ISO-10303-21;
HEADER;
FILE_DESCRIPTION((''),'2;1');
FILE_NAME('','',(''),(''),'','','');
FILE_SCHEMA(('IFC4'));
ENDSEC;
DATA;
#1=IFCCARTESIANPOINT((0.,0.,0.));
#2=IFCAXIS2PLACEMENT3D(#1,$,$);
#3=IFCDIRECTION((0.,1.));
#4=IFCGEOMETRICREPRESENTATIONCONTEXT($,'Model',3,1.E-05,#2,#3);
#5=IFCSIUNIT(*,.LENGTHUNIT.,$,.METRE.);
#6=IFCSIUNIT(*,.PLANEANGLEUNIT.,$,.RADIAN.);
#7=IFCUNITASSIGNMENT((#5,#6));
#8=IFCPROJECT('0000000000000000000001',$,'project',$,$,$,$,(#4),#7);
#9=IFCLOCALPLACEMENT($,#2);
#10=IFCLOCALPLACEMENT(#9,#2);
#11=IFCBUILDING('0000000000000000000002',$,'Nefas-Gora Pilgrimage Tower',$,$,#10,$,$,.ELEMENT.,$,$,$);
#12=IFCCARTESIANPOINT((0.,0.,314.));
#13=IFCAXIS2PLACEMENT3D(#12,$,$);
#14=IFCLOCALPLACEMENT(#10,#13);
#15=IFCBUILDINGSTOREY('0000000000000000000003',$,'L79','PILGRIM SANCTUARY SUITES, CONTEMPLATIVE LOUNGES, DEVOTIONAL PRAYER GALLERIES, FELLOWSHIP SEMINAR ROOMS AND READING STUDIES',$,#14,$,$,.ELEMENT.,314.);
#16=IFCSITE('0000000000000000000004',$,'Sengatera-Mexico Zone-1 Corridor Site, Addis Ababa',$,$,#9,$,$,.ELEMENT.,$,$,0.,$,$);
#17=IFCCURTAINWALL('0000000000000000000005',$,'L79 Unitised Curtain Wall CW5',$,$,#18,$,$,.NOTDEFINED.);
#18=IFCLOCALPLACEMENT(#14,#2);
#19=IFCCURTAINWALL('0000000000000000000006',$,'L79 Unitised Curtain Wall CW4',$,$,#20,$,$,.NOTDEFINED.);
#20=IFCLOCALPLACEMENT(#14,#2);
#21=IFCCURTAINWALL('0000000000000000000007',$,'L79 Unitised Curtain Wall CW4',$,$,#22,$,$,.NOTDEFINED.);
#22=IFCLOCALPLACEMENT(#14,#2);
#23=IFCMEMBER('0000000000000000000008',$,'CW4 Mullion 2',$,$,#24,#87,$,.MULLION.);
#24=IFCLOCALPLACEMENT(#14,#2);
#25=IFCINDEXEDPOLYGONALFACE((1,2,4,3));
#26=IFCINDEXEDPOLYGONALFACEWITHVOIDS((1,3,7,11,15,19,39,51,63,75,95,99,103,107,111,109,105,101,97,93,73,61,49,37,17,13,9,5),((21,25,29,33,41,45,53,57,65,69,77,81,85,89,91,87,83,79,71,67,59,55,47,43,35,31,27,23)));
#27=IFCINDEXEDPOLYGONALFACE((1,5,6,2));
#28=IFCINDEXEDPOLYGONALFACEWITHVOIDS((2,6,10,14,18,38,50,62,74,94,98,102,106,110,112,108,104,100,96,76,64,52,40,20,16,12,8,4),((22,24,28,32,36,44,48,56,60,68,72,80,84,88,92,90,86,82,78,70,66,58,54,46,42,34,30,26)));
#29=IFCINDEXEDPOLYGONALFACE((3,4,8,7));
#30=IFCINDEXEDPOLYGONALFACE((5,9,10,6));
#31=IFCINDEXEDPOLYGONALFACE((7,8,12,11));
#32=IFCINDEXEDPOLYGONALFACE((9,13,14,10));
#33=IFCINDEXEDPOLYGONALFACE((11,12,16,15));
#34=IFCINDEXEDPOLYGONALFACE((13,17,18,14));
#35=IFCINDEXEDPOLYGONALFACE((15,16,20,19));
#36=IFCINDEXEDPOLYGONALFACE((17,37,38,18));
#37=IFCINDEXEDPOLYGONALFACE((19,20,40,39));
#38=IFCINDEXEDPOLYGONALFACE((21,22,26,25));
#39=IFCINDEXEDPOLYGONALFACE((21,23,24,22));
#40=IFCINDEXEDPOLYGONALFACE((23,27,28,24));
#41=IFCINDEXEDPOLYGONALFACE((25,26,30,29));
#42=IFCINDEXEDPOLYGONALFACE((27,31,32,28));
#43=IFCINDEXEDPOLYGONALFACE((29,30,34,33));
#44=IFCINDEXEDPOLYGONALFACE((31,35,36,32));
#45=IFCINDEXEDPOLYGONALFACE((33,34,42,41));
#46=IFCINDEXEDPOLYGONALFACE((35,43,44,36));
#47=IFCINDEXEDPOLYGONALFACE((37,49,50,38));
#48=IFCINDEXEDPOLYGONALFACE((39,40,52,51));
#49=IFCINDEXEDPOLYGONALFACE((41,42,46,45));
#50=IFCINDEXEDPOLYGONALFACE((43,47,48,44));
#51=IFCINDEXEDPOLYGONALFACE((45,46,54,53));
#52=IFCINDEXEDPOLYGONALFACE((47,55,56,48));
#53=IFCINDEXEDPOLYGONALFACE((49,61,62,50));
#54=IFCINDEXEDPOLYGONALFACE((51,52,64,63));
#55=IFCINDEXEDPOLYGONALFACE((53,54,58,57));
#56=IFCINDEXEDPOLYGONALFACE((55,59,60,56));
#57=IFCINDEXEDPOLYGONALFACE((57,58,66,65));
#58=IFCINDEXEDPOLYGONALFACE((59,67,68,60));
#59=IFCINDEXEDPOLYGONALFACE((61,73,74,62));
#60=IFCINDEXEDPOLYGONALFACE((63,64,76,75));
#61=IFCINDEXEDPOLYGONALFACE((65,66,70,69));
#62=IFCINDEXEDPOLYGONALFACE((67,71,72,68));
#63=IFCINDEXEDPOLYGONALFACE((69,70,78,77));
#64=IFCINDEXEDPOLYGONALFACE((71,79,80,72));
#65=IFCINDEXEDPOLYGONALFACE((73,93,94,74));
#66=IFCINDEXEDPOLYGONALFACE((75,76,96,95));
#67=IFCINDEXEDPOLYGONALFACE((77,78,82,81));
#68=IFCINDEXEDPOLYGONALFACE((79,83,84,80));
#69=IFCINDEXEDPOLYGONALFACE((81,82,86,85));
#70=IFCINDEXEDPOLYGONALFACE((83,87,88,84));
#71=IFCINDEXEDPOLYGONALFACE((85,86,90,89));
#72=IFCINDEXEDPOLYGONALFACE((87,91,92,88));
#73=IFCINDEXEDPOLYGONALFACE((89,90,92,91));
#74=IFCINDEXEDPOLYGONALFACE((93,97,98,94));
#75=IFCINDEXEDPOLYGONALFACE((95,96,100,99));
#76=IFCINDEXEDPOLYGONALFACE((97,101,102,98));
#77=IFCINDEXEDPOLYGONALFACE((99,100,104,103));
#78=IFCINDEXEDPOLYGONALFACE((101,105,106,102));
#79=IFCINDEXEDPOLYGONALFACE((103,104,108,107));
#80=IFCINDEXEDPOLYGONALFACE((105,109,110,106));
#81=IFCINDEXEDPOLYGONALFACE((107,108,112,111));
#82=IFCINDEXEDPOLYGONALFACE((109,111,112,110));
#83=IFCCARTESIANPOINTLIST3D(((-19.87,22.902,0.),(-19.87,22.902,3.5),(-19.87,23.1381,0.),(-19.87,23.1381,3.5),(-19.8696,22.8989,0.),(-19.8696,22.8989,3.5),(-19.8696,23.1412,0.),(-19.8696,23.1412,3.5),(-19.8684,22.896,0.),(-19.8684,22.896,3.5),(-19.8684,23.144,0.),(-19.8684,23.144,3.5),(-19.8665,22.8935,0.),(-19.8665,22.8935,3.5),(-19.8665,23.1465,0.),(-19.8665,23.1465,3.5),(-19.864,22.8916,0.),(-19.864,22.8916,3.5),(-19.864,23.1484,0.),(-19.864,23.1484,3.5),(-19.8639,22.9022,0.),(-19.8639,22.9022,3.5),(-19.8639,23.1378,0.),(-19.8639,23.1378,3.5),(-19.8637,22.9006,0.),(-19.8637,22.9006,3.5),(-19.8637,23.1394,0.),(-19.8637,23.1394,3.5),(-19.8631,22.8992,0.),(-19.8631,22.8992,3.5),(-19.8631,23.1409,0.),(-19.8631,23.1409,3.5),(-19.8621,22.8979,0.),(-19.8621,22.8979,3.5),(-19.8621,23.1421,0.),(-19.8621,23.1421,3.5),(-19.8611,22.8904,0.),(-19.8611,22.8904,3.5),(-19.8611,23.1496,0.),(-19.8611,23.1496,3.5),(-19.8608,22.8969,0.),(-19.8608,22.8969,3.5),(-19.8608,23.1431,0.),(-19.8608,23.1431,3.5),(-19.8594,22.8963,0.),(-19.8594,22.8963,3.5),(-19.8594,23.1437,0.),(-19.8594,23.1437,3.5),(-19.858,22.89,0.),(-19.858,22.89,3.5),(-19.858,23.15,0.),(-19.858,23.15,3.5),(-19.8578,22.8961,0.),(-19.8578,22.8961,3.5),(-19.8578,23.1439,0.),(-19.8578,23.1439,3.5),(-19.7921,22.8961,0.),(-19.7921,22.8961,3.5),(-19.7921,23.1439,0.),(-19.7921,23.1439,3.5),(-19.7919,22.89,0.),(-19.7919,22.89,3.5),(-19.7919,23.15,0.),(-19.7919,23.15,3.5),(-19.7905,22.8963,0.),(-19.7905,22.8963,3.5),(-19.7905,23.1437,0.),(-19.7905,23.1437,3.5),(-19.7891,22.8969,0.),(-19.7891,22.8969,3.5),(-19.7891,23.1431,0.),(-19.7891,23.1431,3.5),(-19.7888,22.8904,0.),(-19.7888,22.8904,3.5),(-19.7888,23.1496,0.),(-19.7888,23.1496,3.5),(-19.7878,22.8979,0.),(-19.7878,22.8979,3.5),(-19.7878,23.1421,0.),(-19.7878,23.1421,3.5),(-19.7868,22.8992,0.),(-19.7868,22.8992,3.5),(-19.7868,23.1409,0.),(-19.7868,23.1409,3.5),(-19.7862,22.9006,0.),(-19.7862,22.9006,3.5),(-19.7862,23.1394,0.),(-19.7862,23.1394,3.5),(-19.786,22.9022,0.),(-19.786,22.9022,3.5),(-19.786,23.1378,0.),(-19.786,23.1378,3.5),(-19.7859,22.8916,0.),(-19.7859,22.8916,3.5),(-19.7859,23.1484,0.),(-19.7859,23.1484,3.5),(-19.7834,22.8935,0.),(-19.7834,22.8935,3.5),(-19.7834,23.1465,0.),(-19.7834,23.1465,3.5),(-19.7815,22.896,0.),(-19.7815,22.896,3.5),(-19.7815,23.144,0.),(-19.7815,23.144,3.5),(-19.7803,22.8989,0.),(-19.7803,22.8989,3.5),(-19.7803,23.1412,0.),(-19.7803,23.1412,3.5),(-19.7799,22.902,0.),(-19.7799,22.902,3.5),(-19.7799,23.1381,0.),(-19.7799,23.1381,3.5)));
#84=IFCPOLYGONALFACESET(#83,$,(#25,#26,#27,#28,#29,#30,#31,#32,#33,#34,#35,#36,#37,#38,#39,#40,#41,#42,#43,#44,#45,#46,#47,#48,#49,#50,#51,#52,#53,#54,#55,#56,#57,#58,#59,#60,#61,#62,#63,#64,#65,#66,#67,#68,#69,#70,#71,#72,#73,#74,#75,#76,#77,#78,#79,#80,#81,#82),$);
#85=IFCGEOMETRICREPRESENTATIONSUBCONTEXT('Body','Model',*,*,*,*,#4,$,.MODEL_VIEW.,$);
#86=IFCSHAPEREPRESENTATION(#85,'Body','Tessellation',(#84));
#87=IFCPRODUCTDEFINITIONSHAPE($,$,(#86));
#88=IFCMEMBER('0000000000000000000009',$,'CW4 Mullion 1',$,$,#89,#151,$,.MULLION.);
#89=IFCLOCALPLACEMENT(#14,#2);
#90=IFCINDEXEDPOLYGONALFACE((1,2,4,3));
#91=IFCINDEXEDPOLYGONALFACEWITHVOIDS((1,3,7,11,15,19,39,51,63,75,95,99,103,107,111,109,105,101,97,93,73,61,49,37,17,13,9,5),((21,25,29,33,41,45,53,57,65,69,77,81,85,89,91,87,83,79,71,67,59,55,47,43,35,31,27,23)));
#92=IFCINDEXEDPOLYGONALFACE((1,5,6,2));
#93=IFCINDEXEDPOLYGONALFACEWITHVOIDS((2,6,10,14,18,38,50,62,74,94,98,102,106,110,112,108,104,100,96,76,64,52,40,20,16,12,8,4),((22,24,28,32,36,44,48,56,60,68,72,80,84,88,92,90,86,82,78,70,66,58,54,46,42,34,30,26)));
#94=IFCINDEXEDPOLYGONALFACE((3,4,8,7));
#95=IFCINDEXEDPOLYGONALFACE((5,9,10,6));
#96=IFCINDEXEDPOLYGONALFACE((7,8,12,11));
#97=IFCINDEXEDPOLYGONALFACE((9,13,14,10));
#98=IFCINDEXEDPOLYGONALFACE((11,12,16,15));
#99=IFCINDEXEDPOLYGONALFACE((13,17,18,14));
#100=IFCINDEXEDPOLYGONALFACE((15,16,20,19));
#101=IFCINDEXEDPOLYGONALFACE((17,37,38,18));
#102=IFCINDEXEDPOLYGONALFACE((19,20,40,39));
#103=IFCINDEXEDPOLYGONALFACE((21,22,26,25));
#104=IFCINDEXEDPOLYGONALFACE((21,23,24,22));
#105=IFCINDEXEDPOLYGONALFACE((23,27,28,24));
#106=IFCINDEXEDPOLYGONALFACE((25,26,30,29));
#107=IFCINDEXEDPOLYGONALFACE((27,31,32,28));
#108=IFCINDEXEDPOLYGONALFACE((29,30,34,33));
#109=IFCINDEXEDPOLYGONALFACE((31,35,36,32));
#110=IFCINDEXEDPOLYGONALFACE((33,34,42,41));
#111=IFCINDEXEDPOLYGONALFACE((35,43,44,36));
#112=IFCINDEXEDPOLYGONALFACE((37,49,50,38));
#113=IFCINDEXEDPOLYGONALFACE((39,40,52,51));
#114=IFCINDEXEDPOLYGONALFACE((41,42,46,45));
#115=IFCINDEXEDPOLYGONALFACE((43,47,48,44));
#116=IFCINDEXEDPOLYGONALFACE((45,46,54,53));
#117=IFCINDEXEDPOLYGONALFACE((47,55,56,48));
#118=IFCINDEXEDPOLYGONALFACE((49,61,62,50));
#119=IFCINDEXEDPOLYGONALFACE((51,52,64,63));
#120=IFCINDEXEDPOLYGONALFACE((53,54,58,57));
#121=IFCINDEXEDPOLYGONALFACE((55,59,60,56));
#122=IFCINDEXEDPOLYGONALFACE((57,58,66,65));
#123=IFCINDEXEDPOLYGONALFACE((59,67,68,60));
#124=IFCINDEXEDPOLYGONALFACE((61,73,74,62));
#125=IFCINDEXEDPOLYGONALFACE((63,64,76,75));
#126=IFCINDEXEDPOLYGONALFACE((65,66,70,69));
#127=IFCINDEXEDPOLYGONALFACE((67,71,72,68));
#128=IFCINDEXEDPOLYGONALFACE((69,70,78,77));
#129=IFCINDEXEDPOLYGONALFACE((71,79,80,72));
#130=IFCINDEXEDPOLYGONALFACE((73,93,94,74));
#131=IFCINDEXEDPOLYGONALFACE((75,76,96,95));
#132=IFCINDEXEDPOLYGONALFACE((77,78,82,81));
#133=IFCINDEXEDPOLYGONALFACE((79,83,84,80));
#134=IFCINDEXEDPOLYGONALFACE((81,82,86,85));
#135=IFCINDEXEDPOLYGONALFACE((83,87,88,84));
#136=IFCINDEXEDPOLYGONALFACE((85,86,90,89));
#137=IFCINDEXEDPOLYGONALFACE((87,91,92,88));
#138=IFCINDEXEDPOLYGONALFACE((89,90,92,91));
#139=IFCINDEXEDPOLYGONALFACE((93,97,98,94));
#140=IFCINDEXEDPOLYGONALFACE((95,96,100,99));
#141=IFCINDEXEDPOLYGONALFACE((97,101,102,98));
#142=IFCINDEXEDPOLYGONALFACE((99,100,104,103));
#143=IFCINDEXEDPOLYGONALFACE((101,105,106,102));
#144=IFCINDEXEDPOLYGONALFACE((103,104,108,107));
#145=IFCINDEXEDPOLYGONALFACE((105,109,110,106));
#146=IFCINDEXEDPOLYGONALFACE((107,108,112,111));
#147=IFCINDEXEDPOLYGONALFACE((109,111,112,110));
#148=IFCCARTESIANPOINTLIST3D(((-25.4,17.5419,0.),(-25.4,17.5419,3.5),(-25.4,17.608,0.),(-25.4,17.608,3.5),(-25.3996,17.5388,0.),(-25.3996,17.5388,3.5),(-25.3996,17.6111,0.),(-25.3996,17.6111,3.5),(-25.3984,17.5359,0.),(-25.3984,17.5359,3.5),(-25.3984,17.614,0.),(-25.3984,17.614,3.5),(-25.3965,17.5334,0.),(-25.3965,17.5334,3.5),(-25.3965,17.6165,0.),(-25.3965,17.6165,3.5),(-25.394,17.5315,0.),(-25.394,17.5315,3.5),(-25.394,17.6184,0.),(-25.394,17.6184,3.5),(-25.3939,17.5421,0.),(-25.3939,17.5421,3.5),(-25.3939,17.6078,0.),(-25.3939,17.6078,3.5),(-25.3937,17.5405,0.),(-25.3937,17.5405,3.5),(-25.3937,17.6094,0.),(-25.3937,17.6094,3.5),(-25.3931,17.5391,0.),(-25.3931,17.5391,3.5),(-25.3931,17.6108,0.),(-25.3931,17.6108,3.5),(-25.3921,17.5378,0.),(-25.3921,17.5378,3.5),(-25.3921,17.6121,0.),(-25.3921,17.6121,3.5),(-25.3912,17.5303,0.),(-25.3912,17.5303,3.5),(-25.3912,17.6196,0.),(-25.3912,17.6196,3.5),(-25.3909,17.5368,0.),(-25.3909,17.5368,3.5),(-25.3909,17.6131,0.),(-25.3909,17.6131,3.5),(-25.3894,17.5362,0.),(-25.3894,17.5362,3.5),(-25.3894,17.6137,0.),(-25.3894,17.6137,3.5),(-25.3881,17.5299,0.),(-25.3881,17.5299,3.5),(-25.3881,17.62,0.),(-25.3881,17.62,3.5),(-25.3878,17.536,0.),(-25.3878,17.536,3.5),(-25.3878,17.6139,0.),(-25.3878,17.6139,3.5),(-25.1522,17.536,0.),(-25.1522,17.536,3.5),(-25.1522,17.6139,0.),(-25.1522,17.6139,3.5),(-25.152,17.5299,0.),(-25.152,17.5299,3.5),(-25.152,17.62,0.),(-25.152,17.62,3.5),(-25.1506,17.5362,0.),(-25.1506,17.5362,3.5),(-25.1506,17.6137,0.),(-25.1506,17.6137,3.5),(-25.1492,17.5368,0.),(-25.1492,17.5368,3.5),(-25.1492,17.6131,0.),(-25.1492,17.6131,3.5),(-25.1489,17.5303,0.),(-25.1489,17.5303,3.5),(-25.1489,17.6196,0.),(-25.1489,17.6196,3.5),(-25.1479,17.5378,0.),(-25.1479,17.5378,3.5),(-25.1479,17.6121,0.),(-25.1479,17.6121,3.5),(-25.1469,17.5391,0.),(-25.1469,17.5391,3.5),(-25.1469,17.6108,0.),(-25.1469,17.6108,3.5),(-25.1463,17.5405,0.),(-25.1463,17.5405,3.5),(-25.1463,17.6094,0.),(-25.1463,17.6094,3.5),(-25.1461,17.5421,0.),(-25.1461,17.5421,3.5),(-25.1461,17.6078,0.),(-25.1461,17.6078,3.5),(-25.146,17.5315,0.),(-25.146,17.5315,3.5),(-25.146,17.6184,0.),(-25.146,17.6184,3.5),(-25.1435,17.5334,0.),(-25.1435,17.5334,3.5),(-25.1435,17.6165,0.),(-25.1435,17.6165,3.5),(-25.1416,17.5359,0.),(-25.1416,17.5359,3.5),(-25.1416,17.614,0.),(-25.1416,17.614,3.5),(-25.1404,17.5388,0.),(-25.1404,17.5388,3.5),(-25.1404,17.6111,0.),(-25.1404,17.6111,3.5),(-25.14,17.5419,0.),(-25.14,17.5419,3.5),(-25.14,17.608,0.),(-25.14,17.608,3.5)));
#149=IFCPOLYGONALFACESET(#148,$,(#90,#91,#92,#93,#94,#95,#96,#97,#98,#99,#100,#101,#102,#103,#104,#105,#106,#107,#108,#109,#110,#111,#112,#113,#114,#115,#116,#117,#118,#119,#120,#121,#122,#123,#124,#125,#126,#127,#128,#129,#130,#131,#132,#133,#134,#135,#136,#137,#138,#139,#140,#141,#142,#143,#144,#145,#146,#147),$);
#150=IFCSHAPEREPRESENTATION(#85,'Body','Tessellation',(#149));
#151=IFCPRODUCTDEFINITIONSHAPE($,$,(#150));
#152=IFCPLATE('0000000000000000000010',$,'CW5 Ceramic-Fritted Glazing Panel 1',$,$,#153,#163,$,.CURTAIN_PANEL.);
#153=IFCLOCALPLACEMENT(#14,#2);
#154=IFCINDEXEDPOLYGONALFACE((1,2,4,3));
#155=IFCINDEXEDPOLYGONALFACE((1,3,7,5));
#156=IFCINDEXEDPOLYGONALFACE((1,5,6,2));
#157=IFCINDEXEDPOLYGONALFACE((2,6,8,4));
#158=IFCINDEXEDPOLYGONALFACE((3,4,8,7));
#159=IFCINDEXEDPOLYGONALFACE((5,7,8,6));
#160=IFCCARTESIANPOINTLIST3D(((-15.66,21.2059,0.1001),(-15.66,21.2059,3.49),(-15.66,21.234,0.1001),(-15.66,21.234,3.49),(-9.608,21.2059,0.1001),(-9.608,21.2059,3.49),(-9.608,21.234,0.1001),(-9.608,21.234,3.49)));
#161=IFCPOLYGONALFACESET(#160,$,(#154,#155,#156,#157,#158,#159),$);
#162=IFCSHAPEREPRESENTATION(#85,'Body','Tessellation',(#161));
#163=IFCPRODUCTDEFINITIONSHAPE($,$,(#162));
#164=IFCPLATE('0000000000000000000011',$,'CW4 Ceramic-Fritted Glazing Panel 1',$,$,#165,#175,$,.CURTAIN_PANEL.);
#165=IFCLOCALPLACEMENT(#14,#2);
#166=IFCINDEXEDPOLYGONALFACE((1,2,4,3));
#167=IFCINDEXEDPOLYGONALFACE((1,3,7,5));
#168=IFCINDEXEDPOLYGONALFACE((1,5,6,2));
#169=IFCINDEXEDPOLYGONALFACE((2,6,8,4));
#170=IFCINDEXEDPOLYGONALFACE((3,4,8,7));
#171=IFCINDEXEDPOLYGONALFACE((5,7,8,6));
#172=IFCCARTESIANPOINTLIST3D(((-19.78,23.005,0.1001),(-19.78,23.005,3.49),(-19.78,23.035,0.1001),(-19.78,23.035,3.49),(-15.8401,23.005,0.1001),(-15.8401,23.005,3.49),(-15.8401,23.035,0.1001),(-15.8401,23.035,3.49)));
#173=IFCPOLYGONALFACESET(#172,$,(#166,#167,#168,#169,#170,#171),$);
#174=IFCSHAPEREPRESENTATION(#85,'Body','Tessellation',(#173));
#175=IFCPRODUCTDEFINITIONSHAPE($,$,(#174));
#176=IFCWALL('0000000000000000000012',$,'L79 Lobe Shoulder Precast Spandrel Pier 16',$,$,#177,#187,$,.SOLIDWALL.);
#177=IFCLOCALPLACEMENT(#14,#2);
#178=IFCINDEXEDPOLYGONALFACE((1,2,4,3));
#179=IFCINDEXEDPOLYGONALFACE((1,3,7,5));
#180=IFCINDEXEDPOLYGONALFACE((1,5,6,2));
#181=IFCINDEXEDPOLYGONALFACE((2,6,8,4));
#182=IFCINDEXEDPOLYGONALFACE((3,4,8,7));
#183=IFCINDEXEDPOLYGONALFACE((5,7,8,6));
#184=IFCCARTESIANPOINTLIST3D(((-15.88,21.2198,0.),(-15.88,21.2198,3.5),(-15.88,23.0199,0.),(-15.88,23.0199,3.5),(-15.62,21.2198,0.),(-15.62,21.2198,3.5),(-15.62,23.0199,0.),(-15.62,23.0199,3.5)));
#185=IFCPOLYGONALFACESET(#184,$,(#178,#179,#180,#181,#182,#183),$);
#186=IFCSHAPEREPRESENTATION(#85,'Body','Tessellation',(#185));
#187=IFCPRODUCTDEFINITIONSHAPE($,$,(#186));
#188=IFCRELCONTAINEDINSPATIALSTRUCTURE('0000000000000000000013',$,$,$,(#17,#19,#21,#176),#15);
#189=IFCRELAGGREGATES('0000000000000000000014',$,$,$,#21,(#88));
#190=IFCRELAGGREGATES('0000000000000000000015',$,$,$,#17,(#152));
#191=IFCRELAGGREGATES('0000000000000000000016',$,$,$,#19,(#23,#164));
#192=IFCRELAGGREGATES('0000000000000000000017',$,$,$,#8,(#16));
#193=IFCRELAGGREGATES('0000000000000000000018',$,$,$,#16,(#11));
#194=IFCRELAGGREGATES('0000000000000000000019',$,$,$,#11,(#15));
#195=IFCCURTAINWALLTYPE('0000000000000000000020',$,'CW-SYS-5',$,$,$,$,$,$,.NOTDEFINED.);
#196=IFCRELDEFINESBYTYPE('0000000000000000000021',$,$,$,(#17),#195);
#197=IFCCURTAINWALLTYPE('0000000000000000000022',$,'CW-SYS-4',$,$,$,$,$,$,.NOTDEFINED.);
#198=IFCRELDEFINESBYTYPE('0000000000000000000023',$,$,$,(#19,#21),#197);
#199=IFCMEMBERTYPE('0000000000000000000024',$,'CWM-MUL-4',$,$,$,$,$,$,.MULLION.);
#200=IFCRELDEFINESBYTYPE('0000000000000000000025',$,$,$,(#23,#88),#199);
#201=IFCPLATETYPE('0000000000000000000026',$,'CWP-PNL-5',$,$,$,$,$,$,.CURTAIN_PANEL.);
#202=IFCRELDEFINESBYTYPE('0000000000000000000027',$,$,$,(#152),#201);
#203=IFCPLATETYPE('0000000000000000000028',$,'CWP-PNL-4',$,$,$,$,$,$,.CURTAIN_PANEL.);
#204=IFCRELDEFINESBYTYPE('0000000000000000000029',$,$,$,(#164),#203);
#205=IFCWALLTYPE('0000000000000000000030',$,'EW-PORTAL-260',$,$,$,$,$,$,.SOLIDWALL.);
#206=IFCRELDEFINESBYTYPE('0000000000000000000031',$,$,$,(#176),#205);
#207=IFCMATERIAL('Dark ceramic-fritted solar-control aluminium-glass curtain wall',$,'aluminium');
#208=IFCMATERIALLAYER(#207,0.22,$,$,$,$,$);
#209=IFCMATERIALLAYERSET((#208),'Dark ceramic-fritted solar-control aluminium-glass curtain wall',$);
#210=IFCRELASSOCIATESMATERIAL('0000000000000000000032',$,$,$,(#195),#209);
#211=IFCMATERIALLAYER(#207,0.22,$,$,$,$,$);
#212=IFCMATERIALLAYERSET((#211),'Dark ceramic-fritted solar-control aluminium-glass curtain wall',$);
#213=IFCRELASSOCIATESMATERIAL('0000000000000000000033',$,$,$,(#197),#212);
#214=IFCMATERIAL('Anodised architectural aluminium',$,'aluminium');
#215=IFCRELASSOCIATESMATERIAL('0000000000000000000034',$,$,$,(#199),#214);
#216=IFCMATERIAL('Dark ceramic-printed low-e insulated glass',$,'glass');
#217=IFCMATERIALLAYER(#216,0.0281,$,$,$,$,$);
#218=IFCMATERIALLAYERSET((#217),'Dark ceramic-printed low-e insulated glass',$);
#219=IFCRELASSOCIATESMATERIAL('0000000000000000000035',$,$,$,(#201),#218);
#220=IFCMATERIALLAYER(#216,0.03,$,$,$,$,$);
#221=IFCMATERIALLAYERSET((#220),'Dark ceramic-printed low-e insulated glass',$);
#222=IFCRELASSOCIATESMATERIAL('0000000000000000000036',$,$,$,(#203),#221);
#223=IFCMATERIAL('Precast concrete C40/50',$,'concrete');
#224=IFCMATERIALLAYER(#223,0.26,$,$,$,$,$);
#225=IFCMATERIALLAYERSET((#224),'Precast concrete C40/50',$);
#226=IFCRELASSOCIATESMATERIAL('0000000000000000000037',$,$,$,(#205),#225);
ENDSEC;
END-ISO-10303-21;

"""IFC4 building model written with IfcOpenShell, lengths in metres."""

from ifc_helpers import new_model, si_unit, direction, frame, frame_2d, origin, origin_2d, place, context, subcontext, project, spatial, rectangle, hollow_rectangle, extrude, source, transform, mapped, material, layer, layer_set, material_profile, profile_set, type_object, element, aggregate, save


model = new_model("IFC4")

# Units and contexts
model_context = context("Model", 3, precision=1e-05, world=origin(), true_north=direction((0.0, 1.0)))
body_context = subcontext(model_context, "Body", "Model", "MODEL_VIEW")
ifc_project = project(units=[si_unit("LENGTHUNIT", "METRE"), si_unit("PLANEANGLEUNIT", "RADIAN")], contexts=[model_context])

# Site, building, storey
site_placement = place(None, origin())
site = spatial("IfcSite", under=ifc_project, at=site_placement, Name="Sengatera-Mexico Zone-1 Corridor Site, Addis Ababa", CompositionType="ELEMENT", RefElevation=0.0)
building_placement = place(site_placement, origin())
building = spatial("IfcBuilding", under=site, at=building_placement, Name="Nefas-Gora Pilgrimage Tower", CompositionType="ELEMENT")
storey_placement = place(building_placement, frame((0.0, 0.0, 314.0)))
storey = spatial("IfcBuildingStorey", under=building, at=storey_placement, Name="L79", Description="PILGRIM SANCTUARY SUITES, CONTEMPLATIVE LOUNGES, DEVOTIONAL PRAYER GALLERIES, FELLOWSHIP SEMINAR ROOMS AND READING STUDIES", CompositionType="ELEMENT", Elevation=314.0)

# Curtain walls
ifc_material_1 = material(Name="Dark ceramic-fritted solar-control aluminium-glass curtain wall", Category="aluminium")
ifc_layer_1 = layer(ifc_material_1, 0.22)
ifc_layer_set_1 = layer_set([ifc_layer_1], Name="Dark ceramic-fritted solar-control aluminium-glass curtain wall")
curtain_wall_type_1 = type_object("IfcCurtainWallType", Name="CW-SYS-5", PredefinedType="NOTDEFINED", material=ifc_layer_set_1)
curtain_wall_1_placement = place(storey_placement, origin())
curtain_wall_1 = element("IfcCurtainWall", 1, at=curtain_wall_1_placement, inside=storey, type_object=curtain_wall_type_1, Name="L79 Unitised Curtain Wall CW5", PredefinedType="NOTDEFINED")
ifc_material_2 = material(Name="Anodised architectural aluminium", Category="aluminium")
ifc_layer_2 = layer(ifc_material_1, 0.22)
ifc_layer_set_2 = layer_set([ifc_layer_2], Name="Dark ceramic-fritted solar-control aluminium-glass curtain wall")
curtain_wall_type_2 = type_object("IfcCurtainWallType", Name="CW-SYS-4", PredefinedType="NOTDEFINED", material=ifc_layer_set_2)
curtain_wall_2_placement = place(storey_placement, origin())
curtain_wall_2 = element("IfcCurtainWall", 2, at=curtain_wall_2_placement, inside=storey, type_object=curtain_wall_type_2, Name="L79 Unitised Curtain Wall CW4", PredefinedType="NOTDEFINED")
curtain_wall_3_placement = place(storey_placement, origin())
curtain_wall_3 = element("IfcCurtainWall", 3, at=curtain_wall_3_placement, inside=storey, type_object=curtain_wall_type_2, Name="L79 Unitised Curtain Wall CW4", PredefinedType="NOTDEFINED")

# Members
ifc_material_profile_1 = material_profile(ifc_material_2, hollow_rectangle(XDim=0.0901, YDim=0.26, WallThickness=0.0061, InnerFilletRadius=0.0061, OuterFilletRadius=0.012, at=origin_2d()), Name="ALU MULLION 90x260")
ifc_profile_set_1 = profile_set([ifc_material_profile_1], Name="Anodised architectural aluminium")
member_type_1 = type_object("IfcMemberType", Name="CWM-MUL-4", PredefinedType="MULLION", material=ifc_profile_set_1)
shared_shape_1 = source(origin(), body_context, "Body", "SweptSolid", [
    extrude(hollow_rectangle(XDim=0.0901, YDim=0.26, WallThickness=0.0061, InnerFilletRadius=0.0061, OuterFilletRadius=0.012, at=origin_2d()), origin(), (0.0, 0.0, 1.0), 3.5),
])
member_1_placement = place(storey_placement, frame((-19.825, 23.02, 0.0), z_axis=(0.0, 0.0, 1.0), x_axis=(-1.0, 0.0, 0.0)))
member_1 = element("IfcMember", 4, at=member_1_placement, type_object=member_type_1, Name="CW4 Mullion 2", PredefinedType="MULLION", context=body_context, shape_type="MappedRepresentation", body=[
    mapped(shared_shape_1, transform((0.0, 0.0, 0.0), x_axis=(1.0, 0.0, 0.0), y_axis=(0.0, 1.0, 0.0), z_axis=(0.0, 0.0, 1.0), scale=1.0)),
])
member_2_placement = place(storey_placement, frame((-25.27, 17.575, 0.0), z_axis=(0.0, 0.0, 1.0), x_axis=(0.0, -1.0, 0.0)))
member_2 = element("IfcMember", 5, at=member_2_placement, type_object=member_type_1, Name="CW4 Mullion 1", PredefinedType="MULLION", context=body_context, shape_type="MappedRepresentation", body=[
    mapped(shared_shape_1, transform((0.0, 0.0, 0.0), x_axis=(1.0, 0.0, 0.0), y_axis=(0.0, 1.0, 0.0), z_axis=(0.0, 0.0, 1.0), scale=1.0)),
])
aggregate(curtain_wall_3, [member_2])

# Plates
ifc_material_3 = material(Name="Dark ceramic-printed low-e insulated glass", Category="glass")
ifc_layer_3 = layer(ifc_material_3, 0.0281)
ifc_layer_set_3 = layer_set([ifc_layer_3], Name="Dark ceramic-printed low-e insulated glass")
plate_type_1 = type_object("IfcPlateType", Name="CWP-PNL-5", PredefinedType="CURTAIN_PANEL", material=ifc_layer_set_3)
shared_shape_2 = source(origin(), body_context, "Body", "SweptSolid", [
    extrude(rectangle(XDim=6.052, YDim=0.0281, at=origin_2d()), origin(), (0.0, 0.0, 1.0), 3.3899),
])
plate_1_placement = place(storey_placement, frame((-12.634, 21.22, 0.1001), z_axis=(0.0, 0.0, 1.0), x_axis=(-1.0, 0.0, 0.0)))
plate_1 = element("IfcPlate", 6, at=plate_1_placement, type_object=plate_type_1, Name="CW5 Ceramic-Fritted Glazing Panel 1", PredefinedType="CURTAIN_PANEL", context=body_context, shape_type="MappedRepresentation", body=[
    mapped(shared_shape_2, transform((0.0, 0.0, 0.0), x_axis=(1.0, 0.0, 0.0), y_axis=(0.0, 1.0, 0.0), z_axis=(0.0, 0.0, 1.0), scale=1.0)),
])
aggregate(curtain_wall_1, [plate_1])
ifc_layer_4 = layer(ifc_material_3, 0.03)
ifc_layer_set_4 = layer_set([ifc_layer_4], Name="Dark ceramic-printed low-e insulated glass")
plate_type_2 = type_object("IfcPlateType", Name="CWP-PNL-4", PredefinedType="CURTAIN_PANEL", material=ifc_layer_set_4)
shared_shape_3 = source(origin(), body_context, "Body", "SweptSolid", [
    extrude(rectangle(XDim=3.9399, YDim=0.03, at=origin_2d()), origin(), (0.0, 0.0, 1.0), 3.3899),
])
plate_2_placement = place(storey_placement, frame((-17.8101, 23.02, 0.1001), z_axis=(0.0, 0.0, 1.0), x_axis=(-1.0, 0.0, 0.0)))
plate_2 = element("IfcPlate", 7, at=plate_2_placement, type_object=plate_type_2, Name="CW4 Ceramic-Fritted Glazing Panel 1", PredefinedType="CURTAIN_PANEL", context=body_context, shape_type="MappedRepresentation", body=[
    mapped(shared_shape_3, transform((0.0, 0.0, 0.0), x_axis=(1.0, 0.0, 0.0), y_axis=(0.0, 1.0, 0.0), z_axis=(0.0, 0.0, 1.0), scale=1.0)),
])
aggregate(curtain_wall_2, [member_1, plate_2])

# Wall
ifc_material_4 = material(Name="Precast concrete C40/50", Category="concrete")
ifc_layer_5 = layer(ifc_material_4, 0.26)
ifc_layer_set_5 = layer_set([ifc_layer_5], Name="Precast concrete C40/50")
wall_type_1 = type_object("IfcWallType", Name="EW-PORTAL-260", PredefinedType="SOLIDWALL", material=ifc_layer_set_5)
shared_shape_4 = source(origin(), body_context, "Body", "SweptSolid", [
    extrude(rectangle(XDim=1.8, YDim=0.26, at=frame_2d((0.8999, 0.0))), origin(), (0.0, 0.0, 1.0), 3.5),
])
wall_1_placement = place(storey_placement, frame((-15.75, 21.22, 0.0), z_axis=(0.0, 0.0, 1.0), x_axis=(0.0, 1.0, 0.0)))
element("IfcWall", 8, at=wall_1_placement, inside=storey, type_object=wall_type_1, Name="L79 Lobe Shoulder Precast Spandrel Pier 16", PredefinedType="SOLIDWALL", context=body_context, shape_type="MappedRepresentation", body=[
    mapped(shared_shape_4, transform((0.0, 0.0, 0.0), x_axis=(1.0, 0.0, 0.0), y_axis=(0.0, 1.0, 0.0), z_axis=(0.0, 0.0, 1.0), scale=1.0)),
])

save(model, "model.ifc")
